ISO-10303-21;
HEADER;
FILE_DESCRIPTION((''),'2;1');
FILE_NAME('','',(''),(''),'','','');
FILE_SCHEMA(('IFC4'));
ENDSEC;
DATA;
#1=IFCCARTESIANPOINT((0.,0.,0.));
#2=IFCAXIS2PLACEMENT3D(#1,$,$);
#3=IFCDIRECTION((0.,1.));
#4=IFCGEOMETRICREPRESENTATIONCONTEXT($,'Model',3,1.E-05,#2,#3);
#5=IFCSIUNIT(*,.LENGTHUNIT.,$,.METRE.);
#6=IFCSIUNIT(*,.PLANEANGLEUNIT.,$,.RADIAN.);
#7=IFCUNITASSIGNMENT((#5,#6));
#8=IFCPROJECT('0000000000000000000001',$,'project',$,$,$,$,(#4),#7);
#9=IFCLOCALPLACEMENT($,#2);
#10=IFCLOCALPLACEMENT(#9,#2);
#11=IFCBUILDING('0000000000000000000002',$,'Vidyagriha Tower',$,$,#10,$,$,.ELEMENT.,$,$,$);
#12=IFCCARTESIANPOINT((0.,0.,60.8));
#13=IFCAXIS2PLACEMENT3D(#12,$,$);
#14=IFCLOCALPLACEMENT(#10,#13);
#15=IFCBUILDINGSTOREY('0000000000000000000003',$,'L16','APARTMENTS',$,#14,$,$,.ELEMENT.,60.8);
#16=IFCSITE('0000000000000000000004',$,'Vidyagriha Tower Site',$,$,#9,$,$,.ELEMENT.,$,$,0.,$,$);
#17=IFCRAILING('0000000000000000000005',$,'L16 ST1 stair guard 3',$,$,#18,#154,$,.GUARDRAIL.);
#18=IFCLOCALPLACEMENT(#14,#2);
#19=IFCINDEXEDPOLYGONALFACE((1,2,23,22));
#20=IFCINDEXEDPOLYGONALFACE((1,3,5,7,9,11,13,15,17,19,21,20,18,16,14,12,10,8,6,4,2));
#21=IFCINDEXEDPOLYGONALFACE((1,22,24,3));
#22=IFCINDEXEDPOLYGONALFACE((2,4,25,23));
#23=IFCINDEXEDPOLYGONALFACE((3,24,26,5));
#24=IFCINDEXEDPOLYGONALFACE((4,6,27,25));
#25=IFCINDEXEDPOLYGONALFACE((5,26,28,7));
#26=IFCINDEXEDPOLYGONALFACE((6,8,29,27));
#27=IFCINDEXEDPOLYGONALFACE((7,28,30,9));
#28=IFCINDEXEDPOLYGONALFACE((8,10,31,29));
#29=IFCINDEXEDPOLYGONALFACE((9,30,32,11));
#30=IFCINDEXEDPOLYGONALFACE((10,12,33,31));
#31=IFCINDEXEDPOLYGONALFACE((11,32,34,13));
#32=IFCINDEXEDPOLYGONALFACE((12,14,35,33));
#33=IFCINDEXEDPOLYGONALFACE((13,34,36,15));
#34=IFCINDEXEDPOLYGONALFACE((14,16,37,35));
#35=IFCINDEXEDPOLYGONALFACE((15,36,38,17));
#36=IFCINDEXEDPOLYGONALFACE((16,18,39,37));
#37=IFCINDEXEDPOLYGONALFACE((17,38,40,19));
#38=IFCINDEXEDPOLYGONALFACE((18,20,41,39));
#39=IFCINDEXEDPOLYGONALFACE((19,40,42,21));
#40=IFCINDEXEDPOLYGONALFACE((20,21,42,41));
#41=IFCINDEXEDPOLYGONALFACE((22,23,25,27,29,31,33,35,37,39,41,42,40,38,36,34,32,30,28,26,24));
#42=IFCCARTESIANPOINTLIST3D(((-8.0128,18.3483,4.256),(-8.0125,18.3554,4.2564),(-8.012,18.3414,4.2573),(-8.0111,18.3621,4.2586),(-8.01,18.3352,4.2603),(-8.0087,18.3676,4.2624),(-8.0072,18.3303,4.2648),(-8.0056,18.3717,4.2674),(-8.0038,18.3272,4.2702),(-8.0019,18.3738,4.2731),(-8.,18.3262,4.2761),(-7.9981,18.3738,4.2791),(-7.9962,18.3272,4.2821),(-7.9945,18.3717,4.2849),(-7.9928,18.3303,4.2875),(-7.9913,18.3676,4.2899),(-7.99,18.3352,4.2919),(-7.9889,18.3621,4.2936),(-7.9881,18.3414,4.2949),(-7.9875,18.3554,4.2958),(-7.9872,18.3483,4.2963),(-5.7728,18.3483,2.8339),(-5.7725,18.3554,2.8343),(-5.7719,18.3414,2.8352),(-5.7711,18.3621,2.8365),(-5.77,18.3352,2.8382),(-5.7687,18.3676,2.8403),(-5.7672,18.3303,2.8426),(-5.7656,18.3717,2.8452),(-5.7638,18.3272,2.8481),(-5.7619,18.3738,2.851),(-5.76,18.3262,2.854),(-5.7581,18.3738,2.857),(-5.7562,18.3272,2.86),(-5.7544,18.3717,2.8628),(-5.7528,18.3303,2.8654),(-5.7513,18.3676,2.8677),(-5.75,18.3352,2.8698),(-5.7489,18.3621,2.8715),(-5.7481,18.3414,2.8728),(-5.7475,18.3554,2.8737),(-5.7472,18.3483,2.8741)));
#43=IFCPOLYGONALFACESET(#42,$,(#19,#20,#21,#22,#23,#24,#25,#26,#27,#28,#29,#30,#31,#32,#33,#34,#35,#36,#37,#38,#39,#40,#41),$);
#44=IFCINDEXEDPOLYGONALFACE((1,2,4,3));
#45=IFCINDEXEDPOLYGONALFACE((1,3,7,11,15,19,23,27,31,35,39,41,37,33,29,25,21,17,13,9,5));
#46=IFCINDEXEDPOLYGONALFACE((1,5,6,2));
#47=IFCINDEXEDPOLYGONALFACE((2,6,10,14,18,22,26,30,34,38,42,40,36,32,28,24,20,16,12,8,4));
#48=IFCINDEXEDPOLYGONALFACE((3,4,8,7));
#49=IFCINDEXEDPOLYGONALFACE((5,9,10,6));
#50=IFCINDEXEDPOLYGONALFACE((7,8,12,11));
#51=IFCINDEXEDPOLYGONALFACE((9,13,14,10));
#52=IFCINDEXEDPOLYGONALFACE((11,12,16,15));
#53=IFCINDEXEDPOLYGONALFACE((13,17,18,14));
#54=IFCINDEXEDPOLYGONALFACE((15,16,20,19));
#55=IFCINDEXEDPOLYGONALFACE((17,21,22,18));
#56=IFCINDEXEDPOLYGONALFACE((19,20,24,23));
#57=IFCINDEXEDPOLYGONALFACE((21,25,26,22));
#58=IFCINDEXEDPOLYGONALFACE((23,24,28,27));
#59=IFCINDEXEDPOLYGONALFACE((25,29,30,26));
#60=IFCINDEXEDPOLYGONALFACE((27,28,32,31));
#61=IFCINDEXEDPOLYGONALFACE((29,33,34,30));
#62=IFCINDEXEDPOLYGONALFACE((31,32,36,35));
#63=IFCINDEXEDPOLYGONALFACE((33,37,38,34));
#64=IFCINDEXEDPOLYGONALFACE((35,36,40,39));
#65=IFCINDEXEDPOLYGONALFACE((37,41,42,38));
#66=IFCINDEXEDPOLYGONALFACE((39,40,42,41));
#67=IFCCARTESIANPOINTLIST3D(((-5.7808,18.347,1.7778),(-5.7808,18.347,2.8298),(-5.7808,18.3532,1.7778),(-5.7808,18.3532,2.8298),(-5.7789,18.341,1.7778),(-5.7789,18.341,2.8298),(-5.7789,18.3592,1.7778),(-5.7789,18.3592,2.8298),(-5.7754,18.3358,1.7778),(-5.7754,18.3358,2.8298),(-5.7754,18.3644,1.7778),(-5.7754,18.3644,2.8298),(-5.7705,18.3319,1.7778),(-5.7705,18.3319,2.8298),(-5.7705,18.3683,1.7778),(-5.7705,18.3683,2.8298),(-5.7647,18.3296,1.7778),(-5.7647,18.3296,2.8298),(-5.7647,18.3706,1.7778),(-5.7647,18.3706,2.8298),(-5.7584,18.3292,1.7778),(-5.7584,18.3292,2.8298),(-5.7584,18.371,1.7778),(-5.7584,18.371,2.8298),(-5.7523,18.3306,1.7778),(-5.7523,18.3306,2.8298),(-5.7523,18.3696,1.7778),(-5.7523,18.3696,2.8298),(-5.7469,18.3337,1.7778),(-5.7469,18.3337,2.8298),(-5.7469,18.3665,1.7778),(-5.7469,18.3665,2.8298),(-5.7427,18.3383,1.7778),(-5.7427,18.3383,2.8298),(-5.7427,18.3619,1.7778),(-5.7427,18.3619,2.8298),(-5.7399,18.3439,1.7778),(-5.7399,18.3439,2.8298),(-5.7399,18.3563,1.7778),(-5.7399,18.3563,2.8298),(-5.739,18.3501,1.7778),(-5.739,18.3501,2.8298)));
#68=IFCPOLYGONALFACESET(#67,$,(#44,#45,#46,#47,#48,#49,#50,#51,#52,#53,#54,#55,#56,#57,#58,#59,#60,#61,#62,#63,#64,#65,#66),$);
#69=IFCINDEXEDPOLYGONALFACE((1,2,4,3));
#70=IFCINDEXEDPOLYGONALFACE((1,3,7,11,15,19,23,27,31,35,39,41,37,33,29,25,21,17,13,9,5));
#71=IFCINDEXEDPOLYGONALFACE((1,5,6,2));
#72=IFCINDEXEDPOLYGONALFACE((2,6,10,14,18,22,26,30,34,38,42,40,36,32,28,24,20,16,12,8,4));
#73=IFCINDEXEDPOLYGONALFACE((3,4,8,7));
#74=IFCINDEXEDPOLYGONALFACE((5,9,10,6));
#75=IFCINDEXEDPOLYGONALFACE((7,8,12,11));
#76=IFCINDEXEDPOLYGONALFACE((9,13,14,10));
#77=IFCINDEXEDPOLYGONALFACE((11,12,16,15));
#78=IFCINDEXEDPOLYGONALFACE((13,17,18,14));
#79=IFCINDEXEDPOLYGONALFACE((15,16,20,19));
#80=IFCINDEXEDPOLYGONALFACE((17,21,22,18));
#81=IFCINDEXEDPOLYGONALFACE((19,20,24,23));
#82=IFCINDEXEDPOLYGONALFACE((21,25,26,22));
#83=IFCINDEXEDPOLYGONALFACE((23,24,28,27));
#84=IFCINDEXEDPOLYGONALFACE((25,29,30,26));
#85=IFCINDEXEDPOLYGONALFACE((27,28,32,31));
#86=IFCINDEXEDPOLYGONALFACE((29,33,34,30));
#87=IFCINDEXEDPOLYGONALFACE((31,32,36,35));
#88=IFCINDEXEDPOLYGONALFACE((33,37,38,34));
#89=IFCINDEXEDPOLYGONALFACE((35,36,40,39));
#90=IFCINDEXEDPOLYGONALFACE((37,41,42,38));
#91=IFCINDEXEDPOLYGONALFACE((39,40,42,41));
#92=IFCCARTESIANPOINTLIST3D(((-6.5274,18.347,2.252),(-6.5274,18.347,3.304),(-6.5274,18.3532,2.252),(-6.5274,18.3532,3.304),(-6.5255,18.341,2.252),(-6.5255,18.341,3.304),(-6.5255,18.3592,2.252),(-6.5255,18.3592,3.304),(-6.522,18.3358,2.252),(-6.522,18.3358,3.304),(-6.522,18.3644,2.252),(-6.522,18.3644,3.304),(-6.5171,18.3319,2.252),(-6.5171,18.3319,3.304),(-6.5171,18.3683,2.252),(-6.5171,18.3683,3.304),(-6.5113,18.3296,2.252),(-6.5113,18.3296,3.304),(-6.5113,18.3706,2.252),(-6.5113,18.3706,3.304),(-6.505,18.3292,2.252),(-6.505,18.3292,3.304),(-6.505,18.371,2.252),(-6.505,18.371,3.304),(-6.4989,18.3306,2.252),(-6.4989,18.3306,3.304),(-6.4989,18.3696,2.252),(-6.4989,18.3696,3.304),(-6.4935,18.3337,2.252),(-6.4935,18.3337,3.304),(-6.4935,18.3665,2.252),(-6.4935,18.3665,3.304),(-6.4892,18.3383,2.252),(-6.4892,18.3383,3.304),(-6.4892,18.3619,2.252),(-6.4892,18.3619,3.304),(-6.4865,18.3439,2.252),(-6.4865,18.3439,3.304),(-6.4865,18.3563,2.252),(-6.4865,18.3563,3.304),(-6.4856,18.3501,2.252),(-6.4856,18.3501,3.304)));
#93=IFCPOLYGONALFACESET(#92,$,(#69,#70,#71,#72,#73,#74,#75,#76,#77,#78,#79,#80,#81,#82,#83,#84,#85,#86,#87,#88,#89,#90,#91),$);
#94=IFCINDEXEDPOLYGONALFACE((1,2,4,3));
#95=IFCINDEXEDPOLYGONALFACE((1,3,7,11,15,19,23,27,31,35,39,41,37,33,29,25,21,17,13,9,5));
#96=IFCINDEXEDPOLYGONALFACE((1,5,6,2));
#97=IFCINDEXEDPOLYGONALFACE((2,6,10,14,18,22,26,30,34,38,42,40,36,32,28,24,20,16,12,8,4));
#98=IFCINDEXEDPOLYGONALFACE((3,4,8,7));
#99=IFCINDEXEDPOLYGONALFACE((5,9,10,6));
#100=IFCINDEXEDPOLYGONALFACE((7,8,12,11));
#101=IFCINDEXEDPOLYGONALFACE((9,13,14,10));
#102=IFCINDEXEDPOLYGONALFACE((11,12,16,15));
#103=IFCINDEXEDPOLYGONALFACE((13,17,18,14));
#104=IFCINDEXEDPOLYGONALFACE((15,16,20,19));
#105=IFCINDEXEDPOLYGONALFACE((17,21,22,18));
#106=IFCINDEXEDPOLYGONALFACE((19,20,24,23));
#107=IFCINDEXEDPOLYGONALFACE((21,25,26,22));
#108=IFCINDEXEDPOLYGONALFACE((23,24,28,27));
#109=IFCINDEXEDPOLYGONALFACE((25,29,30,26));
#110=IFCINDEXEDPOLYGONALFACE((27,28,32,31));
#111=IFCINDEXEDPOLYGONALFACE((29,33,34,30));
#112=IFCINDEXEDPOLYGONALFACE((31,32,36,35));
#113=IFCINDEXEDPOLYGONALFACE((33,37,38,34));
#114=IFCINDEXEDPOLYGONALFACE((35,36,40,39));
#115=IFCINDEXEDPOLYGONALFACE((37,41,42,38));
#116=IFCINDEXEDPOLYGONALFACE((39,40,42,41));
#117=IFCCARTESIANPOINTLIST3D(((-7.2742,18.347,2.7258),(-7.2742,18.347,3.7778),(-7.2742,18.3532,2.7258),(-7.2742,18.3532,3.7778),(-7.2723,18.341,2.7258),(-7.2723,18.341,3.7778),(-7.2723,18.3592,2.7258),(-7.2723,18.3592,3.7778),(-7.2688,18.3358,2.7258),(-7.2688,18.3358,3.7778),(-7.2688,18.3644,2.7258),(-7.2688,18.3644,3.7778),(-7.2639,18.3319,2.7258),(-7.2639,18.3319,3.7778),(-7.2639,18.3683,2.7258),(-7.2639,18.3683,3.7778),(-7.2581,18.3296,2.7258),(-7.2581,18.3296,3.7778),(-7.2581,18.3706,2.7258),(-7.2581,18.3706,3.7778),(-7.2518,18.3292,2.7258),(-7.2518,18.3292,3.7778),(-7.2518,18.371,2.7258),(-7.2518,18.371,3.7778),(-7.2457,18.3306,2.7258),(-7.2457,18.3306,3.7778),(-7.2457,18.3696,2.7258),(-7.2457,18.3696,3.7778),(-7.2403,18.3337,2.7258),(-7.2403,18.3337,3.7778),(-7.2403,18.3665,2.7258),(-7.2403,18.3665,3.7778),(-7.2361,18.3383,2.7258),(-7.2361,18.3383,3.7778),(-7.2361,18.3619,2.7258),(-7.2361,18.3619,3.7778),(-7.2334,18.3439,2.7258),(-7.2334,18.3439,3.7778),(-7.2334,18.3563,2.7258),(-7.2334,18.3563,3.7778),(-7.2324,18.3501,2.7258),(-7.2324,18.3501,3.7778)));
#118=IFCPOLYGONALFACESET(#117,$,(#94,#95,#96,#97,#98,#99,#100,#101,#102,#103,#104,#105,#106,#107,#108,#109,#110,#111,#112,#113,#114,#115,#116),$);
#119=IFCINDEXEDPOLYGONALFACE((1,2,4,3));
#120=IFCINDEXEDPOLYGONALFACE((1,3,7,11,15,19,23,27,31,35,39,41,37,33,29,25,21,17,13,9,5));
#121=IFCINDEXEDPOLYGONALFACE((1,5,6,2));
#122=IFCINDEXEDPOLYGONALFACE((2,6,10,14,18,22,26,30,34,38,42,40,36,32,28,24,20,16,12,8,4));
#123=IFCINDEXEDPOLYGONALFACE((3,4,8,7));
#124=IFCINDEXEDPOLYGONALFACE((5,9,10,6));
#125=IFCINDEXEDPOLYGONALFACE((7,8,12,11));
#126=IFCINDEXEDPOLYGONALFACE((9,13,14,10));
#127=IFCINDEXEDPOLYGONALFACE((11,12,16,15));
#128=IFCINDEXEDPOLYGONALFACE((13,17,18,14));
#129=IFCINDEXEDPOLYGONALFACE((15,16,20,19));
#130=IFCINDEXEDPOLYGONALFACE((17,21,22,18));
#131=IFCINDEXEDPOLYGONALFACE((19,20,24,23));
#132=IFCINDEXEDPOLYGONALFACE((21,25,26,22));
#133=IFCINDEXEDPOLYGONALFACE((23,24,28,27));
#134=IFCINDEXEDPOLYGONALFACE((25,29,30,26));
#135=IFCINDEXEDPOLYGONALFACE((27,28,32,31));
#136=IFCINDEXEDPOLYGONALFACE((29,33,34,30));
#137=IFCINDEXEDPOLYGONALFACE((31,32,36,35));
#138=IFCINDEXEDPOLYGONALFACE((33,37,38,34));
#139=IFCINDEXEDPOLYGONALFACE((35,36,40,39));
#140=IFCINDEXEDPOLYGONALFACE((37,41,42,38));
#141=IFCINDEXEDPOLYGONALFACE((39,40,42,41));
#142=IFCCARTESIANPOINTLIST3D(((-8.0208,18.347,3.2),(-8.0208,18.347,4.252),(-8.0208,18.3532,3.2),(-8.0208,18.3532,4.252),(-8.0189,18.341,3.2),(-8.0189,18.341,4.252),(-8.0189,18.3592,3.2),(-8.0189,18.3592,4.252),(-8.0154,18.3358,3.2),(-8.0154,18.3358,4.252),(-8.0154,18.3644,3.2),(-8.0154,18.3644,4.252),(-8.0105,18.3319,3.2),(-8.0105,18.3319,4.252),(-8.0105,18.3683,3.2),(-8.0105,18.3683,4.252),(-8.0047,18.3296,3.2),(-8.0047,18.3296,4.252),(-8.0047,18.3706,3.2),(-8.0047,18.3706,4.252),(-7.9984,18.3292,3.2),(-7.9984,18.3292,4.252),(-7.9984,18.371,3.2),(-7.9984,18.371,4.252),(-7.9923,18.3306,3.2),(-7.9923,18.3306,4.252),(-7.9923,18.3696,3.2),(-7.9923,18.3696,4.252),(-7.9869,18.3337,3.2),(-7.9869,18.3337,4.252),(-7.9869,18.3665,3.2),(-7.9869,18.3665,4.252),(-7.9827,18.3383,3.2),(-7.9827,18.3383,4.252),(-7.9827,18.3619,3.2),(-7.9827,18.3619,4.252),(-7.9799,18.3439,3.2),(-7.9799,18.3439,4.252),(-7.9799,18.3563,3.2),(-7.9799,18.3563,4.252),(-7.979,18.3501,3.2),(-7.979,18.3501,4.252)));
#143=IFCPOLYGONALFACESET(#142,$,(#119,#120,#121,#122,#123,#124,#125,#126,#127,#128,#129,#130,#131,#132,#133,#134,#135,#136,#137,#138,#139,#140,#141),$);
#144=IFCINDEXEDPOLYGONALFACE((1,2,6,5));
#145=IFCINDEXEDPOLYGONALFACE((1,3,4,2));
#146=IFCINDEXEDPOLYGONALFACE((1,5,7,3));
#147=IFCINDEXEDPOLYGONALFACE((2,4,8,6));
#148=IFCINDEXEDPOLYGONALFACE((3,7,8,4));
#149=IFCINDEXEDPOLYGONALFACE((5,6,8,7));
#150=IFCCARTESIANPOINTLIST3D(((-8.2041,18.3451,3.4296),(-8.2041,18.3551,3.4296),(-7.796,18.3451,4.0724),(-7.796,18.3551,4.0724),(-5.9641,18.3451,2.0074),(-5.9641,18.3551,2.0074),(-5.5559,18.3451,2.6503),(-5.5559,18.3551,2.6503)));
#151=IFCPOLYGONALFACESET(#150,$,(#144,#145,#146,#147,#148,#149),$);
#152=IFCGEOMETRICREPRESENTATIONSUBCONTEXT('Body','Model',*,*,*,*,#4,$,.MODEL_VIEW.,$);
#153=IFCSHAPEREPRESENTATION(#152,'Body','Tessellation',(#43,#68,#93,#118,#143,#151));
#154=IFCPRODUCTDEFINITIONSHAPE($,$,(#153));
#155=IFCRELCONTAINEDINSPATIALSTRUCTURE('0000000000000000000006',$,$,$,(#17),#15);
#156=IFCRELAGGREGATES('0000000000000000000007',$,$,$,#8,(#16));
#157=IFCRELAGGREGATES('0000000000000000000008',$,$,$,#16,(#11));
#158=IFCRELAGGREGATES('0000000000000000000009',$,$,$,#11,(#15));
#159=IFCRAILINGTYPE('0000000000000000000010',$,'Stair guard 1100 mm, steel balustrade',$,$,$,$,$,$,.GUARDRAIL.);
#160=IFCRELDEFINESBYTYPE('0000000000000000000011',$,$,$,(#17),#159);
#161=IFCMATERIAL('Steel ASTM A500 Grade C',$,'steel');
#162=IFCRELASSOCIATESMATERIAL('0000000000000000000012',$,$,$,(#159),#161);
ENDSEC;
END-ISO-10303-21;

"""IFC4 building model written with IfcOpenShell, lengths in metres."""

from ifc_helpers import new_model, si_unit, direction, frame, origin, origin_2d, place, context, subcontext, project, spatial, rectangle, circle, extrude, material, type_object, element, save


model = new_model("IFC4")

# Units and contexts
model_context = context("Model", 3, precision=1e-05, world=origin(), true_north=direction((0.0, 1.0)))
body_context = subcontext(model_context, "Body", "Model", "MODEL_VIEW")
ifc_project = project(units=[si_unit("LENGTHUNIT", "METRE"), si_unit("PLANEANGLEUNIT", "RADIAN")], contexts=[model_context])

# Site, building, storey
site_placement = place(None, origin())
site = spatial("IfcSite", under=ifc_project, at=site_placement, Name="Vidyagriha Tower Site", CompositionType="ELEMENT", RefElevation=0.0)
building_placement = place(site_placement, origin())
building = spatial("IfcBuilding", under=site, at=building_placement, Name="Vidyagriha Tower", CompositionType="ELEMENT")
storey_placement = place(building_placement, frame((0.0, 0.0, 60.8)))
storey = spatial("IfcBuildingStorey", under=building, at=storey_placement, Name="L16", Description="APARTMENTS", CompositionType="ELEMENT", Elevation=60.8)

# Railing
ifc_material_1 = material(Name="Steel ASTM A500 Grade C", Category="steel")
railing_type_1 = type_object("IfcRailingType", Name="Stair guard 1100 mm, steel balustrade", PredefinedType="GUARDRAIL", material=ifc_material_1)
railing_1_placement = place(storey_placement, frame((-5.76, 18.3501, 1.7778)))
element("IfcRailing", 1, at=railing_1_placement, inside=storey, type_object=railing_type_1, Name="L16 ST1 stair guard 3", PredefinedType="GUARDRAIL", context=body_context, shape_type="SweptSolid", body=[
    extrude(circle(Radius=0.0239, at=origin_2d()), frame((0.0, 0.0, 1.0762), z_axis=(-0.844229, 0.0, 0.535982), x_axis=(0.0, -1.0, 0.0)), (0.0, 0.0, 1.0), 2.6533),
    extrude(circle(Radius=0.021, at=origin_2d()), origin(), (0.0, 0.0, 1.0), 1.052),
    extrude(circle(Radius=0.021, at=origin_2d()), frame((-0.7466, 0.0, 0.4741)), (0.0, 0.0, 1.0), 1.052),
    extrude(circle(Radius=0.021, at=origin_2d()), frame((-1.4934, 0.0, 0.948)), (0.0, 0.0, 1.0), 1.052),
    extrude(circle(Radius=0.021, at=origin_2d()), frame((-2.24, 0.0, 1.4221)), (0.0, 0.0, 1.0), 1.052),
    extrude(rectangle(XDim=0.01, YDim=0.7615, at=origin_2d()), frame((0.0, 0.0, 0.551), z_axis=(-0.844229, 0.0, 0.535982), x_axis=(0.0, -1.0, 0.0)), (0.0, 0.0, 1.0), 2.6533),
])

save(model, "model.ifc")
